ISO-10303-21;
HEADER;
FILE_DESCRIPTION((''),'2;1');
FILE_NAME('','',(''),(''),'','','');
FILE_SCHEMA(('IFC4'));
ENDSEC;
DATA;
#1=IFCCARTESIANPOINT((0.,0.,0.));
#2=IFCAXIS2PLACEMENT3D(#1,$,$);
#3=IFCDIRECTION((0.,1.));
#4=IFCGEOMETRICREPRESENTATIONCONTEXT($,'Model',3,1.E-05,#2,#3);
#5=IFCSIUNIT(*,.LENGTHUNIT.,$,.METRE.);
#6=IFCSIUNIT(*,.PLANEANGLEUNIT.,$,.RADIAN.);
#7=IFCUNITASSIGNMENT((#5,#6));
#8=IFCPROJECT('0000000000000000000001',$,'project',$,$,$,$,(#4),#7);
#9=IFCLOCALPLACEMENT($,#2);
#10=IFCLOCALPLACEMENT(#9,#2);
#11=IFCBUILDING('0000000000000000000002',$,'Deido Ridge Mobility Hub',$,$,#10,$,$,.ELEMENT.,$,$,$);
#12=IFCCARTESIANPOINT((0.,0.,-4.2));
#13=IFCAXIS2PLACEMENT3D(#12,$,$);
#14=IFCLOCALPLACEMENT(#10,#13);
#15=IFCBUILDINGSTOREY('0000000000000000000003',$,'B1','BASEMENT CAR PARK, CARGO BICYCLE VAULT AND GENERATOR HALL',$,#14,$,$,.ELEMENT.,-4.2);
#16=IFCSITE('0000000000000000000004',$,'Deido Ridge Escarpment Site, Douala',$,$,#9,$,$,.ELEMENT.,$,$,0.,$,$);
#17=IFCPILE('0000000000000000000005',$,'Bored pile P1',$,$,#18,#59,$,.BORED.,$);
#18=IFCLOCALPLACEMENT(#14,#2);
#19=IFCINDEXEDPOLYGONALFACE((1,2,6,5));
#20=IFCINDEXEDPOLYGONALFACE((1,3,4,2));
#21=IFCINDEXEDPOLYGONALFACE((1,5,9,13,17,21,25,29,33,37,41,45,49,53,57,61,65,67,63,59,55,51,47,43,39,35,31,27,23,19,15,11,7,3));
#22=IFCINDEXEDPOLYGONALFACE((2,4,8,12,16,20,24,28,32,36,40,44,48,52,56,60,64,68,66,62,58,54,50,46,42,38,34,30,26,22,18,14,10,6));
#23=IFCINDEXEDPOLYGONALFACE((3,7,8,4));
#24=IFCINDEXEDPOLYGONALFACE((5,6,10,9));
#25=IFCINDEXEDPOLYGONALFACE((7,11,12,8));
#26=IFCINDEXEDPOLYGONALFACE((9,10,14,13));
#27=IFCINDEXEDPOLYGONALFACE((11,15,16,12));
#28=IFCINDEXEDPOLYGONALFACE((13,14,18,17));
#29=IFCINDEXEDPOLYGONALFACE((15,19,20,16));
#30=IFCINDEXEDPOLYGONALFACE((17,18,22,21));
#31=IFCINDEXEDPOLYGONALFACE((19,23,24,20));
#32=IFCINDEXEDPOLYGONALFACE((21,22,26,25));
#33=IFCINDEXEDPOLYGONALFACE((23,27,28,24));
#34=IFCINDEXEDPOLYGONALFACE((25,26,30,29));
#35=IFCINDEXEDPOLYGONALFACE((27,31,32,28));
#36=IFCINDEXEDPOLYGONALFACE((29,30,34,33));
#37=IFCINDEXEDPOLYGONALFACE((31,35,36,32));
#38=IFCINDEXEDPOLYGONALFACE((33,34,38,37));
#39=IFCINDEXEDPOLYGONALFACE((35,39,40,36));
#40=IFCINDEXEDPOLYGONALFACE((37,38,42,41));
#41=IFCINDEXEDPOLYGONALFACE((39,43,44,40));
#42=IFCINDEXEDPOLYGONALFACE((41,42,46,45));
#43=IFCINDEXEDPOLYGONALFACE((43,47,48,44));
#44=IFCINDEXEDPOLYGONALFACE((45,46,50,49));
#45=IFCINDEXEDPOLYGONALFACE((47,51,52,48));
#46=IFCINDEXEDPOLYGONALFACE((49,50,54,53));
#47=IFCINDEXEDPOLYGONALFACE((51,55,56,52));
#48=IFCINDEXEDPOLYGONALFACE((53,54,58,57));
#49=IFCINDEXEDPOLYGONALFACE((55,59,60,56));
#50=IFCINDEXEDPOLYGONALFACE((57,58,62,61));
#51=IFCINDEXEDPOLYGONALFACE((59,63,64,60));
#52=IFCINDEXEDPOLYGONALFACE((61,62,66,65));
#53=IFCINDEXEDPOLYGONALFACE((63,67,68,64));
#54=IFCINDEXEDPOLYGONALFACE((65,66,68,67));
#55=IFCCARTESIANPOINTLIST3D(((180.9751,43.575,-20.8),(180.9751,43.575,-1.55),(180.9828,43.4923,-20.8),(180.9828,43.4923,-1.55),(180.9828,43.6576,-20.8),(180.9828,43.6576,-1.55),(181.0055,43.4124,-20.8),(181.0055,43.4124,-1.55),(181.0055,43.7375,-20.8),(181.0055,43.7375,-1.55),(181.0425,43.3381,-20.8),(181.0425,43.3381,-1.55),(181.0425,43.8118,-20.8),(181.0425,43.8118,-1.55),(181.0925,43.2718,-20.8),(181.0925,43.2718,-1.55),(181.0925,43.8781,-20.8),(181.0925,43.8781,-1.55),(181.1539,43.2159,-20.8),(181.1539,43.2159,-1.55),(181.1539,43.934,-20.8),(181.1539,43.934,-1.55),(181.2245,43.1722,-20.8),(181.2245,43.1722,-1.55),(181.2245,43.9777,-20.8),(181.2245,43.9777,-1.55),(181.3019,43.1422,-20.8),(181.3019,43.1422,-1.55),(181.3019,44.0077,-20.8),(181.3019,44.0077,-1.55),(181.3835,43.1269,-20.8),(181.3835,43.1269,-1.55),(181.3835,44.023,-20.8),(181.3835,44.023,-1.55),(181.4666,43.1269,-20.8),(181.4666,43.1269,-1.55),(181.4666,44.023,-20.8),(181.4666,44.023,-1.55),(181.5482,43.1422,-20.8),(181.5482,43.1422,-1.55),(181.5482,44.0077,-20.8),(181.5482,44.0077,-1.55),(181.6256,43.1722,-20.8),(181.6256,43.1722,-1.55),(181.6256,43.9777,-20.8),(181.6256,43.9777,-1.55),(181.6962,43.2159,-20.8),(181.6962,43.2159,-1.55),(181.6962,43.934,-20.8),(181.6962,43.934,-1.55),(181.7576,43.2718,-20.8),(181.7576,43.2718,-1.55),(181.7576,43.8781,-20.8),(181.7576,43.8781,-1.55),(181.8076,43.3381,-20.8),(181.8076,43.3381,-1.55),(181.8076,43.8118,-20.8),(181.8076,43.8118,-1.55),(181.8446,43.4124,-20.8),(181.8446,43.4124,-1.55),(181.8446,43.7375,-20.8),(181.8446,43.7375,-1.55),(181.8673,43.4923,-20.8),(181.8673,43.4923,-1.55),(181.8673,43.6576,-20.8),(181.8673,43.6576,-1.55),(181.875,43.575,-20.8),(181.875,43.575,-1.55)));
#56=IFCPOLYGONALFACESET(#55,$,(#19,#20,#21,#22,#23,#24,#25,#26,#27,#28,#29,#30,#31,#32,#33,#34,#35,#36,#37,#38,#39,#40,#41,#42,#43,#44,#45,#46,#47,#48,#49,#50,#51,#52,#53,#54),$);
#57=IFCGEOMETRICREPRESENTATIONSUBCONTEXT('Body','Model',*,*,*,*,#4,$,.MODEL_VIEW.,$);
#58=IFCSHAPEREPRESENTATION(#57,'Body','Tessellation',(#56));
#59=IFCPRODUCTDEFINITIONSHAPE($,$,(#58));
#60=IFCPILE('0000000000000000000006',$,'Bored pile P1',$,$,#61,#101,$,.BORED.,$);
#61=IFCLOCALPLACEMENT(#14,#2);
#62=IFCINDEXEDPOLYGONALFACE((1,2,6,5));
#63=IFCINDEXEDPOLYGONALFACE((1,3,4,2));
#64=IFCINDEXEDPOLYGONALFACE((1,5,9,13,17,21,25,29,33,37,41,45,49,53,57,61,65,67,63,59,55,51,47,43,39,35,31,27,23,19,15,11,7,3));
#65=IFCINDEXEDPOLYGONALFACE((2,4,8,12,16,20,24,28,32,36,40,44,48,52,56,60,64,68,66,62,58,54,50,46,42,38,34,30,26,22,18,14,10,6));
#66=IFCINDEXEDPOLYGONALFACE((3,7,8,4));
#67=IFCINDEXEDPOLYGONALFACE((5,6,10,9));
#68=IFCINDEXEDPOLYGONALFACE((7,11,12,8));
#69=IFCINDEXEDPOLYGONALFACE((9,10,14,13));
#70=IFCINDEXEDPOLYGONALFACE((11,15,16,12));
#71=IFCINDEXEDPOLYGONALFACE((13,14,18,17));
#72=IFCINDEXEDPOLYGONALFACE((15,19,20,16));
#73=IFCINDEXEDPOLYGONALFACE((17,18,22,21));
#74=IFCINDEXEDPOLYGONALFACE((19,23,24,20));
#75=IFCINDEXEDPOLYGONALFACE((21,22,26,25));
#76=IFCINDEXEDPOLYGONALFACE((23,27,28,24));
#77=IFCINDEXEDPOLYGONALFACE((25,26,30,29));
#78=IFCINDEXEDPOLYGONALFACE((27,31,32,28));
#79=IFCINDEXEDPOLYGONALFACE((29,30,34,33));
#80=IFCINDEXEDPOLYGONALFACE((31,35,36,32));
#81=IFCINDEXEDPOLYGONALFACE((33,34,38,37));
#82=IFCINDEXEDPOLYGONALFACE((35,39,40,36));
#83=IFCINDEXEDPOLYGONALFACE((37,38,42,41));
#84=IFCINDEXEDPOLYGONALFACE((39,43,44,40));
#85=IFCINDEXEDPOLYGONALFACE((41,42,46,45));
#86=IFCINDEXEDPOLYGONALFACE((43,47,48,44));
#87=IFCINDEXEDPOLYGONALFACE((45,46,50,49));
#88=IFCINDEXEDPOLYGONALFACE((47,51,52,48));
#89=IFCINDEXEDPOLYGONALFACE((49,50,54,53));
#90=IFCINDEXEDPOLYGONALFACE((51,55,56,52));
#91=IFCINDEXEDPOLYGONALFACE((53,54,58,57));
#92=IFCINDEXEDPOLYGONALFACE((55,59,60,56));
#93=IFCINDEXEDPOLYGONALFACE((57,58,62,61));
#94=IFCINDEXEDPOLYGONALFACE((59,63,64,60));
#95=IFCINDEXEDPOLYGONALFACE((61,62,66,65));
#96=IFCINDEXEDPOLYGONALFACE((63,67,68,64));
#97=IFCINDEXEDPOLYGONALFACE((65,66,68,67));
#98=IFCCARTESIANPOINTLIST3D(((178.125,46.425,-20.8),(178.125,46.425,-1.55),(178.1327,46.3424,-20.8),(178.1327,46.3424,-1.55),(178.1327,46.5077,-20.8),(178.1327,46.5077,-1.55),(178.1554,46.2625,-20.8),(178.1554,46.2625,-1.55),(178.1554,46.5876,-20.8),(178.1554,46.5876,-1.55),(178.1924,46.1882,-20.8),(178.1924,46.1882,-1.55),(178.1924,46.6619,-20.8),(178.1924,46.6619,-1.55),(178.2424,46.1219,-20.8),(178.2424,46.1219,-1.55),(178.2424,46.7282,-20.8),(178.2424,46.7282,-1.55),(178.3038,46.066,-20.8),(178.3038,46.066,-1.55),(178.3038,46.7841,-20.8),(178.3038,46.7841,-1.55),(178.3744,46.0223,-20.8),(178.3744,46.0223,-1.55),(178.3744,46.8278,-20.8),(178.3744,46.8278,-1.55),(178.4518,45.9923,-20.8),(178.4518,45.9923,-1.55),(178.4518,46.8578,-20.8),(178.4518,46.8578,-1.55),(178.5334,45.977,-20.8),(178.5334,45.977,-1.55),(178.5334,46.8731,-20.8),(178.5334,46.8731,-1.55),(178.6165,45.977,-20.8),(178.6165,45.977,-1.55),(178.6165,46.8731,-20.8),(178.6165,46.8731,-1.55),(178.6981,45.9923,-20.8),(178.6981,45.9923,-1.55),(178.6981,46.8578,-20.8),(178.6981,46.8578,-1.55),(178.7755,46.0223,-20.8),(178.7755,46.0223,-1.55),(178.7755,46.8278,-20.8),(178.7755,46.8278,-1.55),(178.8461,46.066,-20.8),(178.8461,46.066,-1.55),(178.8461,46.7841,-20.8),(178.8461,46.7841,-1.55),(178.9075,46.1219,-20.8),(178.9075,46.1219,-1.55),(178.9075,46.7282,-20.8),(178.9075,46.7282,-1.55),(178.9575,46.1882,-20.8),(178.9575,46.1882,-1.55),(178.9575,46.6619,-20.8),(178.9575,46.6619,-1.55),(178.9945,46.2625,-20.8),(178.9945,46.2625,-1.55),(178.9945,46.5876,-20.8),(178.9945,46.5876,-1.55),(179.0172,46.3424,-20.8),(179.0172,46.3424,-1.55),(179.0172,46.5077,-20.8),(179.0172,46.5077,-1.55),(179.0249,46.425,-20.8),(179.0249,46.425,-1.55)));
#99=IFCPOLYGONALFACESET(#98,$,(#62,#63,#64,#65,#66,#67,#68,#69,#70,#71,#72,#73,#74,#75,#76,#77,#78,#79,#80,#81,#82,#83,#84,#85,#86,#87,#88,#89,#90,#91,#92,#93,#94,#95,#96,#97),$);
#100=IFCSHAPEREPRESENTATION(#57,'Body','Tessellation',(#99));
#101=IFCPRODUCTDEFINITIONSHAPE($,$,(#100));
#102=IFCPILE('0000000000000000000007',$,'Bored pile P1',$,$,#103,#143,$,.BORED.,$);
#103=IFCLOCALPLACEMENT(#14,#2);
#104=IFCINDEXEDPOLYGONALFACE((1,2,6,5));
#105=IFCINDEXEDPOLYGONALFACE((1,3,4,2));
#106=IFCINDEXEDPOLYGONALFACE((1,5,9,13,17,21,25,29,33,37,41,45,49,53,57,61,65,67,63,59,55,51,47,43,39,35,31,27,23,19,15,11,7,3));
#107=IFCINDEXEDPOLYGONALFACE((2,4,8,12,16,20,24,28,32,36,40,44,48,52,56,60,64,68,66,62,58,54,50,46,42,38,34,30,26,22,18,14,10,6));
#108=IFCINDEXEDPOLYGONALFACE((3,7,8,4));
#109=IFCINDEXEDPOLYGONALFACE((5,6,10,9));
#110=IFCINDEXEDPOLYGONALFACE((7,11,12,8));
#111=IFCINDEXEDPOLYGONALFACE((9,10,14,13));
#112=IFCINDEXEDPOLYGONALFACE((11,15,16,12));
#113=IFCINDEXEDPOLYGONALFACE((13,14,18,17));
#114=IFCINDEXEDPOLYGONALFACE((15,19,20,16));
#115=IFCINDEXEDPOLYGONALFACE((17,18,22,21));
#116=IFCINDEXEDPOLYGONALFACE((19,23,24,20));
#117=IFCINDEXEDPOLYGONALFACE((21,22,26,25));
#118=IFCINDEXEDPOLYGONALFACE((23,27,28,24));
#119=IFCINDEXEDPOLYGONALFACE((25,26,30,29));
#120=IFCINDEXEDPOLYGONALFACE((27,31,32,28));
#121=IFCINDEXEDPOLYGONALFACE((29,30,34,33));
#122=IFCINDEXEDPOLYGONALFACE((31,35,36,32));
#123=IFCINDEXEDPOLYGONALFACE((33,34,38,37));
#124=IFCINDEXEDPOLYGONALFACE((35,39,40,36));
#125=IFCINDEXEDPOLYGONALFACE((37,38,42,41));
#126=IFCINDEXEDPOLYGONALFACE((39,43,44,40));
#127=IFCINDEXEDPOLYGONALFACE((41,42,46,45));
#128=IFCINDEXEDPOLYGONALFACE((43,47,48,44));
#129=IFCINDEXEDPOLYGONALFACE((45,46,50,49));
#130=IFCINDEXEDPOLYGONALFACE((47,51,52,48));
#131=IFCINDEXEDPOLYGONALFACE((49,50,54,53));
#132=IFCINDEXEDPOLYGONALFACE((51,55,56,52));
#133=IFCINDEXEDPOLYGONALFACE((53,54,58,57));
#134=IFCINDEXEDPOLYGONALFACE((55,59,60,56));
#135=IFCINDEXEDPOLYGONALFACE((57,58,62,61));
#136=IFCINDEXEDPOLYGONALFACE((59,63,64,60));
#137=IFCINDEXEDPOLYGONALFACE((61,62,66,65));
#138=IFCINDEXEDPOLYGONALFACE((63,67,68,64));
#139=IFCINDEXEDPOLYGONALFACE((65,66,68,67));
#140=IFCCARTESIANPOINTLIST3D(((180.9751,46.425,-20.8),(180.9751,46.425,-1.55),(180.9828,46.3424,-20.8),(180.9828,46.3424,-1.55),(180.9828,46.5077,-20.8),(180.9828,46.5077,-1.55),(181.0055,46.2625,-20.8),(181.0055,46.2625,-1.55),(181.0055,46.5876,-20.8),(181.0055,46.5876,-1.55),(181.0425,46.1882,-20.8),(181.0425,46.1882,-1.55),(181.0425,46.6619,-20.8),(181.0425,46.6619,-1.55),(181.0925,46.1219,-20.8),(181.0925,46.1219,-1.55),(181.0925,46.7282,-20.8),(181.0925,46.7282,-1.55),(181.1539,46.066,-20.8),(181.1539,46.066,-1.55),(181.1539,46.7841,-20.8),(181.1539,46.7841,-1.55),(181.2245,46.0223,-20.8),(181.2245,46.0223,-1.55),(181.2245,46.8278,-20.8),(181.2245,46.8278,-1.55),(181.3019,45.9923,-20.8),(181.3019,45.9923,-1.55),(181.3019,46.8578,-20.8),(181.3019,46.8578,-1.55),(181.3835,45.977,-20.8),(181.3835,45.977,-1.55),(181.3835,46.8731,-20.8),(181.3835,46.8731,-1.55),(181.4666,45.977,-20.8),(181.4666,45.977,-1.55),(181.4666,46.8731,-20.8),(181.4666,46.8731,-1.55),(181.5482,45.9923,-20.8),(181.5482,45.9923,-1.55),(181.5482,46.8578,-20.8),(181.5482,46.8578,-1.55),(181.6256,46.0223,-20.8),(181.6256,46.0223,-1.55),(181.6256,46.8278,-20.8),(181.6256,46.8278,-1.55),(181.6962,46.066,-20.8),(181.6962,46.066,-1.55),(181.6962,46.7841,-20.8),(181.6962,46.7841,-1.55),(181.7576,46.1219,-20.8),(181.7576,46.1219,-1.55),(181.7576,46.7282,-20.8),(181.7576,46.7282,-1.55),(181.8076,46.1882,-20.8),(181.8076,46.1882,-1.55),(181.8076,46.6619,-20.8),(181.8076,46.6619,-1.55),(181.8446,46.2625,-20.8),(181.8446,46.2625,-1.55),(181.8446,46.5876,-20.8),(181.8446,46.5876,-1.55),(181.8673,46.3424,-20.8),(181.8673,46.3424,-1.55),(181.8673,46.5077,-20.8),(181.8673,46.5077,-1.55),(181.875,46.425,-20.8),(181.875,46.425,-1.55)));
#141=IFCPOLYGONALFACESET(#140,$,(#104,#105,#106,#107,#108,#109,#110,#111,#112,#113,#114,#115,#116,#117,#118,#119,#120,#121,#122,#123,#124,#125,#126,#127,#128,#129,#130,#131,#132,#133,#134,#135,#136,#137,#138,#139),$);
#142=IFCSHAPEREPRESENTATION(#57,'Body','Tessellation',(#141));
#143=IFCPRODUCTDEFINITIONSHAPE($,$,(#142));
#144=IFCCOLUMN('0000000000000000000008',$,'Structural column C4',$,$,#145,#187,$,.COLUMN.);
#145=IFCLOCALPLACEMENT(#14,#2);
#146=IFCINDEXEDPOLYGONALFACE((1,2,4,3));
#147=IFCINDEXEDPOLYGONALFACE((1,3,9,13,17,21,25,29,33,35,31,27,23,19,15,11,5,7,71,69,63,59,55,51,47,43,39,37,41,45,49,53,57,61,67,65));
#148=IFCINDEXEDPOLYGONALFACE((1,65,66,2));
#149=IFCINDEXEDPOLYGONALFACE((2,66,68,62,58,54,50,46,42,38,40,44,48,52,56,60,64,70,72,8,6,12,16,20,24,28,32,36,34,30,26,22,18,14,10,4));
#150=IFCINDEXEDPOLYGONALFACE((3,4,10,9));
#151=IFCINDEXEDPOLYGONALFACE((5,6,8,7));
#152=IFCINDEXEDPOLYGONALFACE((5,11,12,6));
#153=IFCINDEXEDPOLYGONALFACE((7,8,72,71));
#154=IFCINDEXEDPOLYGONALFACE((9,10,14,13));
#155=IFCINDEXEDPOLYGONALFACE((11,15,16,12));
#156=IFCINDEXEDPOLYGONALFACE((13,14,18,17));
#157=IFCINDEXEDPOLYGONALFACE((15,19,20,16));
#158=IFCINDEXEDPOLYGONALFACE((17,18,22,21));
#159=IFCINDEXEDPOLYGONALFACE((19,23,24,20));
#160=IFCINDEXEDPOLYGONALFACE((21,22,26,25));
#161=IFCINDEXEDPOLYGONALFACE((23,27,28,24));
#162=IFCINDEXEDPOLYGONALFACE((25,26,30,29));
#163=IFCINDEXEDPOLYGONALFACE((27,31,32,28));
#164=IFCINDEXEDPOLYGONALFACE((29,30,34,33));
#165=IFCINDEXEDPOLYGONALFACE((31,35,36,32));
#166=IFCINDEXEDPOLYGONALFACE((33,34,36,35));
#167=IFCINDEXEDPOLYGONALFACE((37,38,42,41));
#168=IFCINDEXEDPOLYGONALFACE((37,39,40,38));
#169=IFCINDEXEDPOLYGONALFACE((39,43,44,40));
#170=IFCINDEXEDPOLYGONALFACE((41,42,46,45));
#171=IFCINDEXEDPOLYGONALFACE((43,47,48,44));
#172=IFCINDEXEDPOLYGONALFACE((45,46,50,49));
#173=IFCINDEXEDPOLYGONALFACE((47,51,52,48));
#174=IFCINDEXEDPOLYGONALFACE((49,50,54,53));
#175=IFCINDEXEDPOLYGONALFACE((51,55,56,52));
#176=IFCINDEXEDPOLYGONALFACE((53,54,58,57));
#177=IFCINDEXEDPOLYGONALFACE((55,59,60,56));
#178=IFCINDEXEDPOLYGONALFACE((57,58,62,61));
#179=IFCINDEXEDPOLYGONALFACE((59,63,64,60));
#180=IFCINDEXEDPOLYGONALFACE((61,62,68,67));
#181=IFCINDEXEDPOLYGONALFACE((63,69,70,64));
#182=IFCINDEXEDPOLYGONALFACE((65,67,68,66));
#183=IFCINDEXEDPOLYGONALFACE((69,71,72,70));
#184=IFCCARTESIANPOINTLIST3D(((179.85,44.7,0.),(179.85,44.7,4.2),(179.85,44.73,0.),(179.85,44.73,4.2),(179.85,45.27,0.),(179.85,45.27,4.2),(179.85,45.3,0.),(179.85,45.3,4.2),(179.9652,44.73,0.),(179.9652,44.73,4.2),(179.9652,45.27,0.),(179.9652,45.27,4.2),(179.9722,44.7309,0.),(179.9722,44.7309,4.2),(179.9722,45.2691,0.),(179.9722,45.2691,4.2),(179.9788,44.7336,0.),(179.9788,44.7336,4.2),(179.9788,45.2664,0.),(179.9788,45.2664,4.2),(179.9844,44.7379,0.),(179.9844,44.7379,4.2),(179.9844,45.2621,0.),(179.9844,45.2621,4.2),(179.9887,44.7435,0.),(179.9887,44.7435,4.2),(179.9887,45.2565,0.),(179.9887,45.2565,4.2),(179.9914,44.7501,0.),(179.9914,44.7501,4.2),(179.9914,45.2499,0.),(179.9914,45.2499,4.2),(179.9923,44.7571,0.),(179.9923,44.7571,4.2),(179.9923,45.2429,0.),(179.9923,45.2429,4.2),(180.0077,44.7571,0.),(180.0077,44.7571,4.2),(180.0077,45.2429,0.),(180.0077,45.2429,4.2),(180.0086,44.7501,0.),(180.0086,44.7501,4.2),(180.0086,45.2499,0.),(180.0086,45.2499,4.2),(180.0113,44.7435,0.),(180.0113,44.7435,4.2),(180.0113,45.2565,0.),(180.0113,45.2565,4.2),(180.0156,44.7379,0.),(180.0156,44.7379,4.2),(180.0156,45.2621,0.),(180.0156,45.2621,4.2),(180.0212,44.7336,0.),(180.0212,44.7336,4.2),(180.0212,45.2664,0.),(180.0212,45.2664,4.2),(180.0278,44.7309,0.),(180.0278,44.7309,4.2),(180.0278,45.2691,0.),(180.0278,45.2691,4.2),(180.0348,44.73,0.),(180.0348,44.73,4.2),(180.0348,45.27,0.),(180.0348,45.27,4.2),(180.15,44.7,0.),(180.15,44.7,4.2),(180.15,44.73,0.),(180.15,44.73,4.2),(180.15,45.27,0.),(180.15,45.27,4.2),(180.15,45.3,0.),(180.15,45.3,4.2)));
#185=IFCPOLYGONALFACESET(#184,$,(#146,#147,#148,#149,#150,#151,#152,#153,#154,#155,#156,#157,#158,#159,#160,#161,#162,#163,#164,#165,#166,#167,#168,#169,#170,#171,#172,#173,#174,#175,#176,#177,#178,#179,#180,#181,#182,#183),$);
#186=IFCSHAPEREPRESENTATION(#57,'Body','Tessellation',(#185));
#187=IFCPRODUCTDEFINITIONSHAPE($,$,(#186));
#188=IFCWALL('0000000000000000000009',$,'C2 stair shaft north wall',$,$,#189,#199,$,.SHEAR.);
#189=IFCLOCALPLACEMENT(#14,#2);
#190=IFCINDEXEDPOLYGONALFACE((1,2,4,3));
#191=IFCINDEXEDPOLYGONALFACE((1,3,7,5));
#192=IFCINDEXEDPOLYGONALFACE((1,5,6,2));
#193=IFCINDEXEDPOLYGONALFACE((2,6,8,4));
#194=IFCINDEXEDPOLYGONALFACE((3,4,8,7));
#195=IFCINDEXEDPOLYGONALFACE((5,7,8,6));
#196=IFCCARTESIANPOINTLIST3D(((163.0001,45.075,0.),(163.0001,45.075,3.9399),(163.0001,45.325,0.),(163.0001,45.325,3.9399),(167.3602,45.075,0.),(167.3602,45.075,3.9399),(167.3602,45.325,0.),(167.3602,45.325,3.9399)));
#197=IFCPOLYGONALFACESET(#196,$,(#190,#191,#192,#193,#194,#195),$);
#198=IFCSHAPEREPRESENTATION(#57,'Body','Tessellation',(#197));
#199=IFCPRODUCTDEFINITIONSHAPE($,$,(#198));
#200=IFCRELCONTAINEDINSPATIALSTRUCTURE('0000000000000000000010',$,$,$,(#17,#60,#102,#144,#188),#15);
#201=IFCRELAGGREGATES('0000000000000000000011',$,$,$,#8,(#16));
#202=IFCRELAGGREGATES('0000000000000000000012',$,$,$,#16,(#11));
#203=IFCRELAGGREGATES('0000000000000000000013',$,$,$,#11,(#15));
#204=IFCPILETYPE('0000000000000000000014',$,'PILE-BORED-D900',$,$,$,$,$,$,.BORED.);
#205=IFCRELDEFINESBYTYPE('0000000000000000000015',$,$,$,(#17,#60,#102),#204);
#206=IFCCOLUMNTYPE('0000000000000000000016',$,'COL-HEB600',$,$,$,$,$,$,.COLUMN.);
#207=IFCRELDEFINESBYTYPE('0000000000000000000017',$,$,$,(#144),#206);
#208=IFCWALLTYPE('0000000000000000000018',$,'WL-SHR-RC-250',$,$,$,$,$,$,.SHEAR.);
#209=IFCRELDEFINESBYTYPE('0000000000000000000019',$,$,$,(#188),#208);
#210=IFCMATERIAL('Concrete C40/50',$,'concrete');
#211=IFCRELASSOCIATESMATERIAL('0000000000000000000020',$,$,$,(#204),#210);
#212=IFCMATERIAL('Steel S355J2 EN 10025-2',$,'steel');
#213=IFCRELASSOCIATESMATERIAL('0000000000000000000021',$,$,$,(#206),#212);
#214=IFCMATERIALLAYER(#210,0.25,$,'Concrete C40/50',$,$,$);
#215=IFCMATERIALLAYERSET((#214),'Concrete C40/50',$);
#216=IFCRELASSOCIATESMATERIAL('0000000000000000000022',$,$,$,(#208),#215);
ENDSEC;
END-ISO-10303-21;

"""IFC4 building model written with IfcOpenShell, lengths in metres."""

from ifc_helpers import new_model, si_unit, direction, frame, frame_2d, origin, origin_2d, place, context, subcontext, project, spatial, rectangle, circle, i_section, extrude, material, layer, layer_set, material_profile, profile_set, type_object, element, save


model = new_model("IFC4")

# Units and contexts
model_context = context("Model", 3, precision=1e-05, world=origin(), true_north=direction((0.0, 1.0)))
body_context = subcontext(model_context, "Body", "Model", "MODEL_VIEW")
ifc_project = project(units=[si_unit("LENGTHUNIT", "METRE"), si_unit("PLANEANGLEUNIT", "RADIAN")], contexts=[model_context])

# Site, building, storey
site_placement = place(None, origin())
site = spatial("IfcSite", under=ifc_project, at=site_placement, Name="Deido Ridge Escarpment Site, Douala", CompositionType="ELEMENT", RefElevation=0.0)
building_placement = place(site_placement, origin())
building = spatial("IfcBuilding", under=site, at=building_placement, Name="Deido Ridge Mobility Hub", CompositionType="ELEMENT")
storey_placement = place(building_placement, frame((0.0, 0.0, -4.2)))
storey = spatial("IfcBuildingStorey", under=building, at=storey_placement, Name="B1", Description="BASEMENT CAR PARK, CARGO BICYCLE VAULT AND GENERATOR HALL", CompositionType="ELEMENT", Elevation=-4.2)

# Shared definitions
ifc_material_1 = material(Name="Concrete C40/50", Category="concrete")

# Piles
ifc_material_profile_1 = material_profile(ifc_material_1, circle(Radius=0.45, at=origin_2d()), Name="BORED PILE D900")
ifc_profile_set_1 = profile_set([ifc_material_profile_1], Name="Concrete C40/50")
pile_type_1 = type_object("IfcPileType", Name="PILE-BORED-D900", PredefinedType="BORED", material=ifc_profile_set_1)
for number, where, z_axis, x_axis, name in (
    (1, (181.425, 43.575, -1.55), (0.0, 0.0, -1.0), (1.0, 0.0, 0.0), "Bored pile P1"),
    (2, (178.575, 46.425, -1.55), (0.0, 0.0, -1.0), (1.0, 0.0, 0.0), "Bored pile P1"),
    (3, (181.425, 46.425, -1.55), (0.0, 0.0, -1.0), (1.0, 0.0, 0.0), "Bored pile P1"),
):
    element("IfcPile", number, at=place(storey_placement, frame(where, z_axis=z_axis, x_axis=x_axis)), inside=storey, type_object=pile_type_1, Name=name, PredefinedType="BORED", context=body_context, shape_type="SweptSolid", body=[
        extrude(circle(Radius=0.45, at=origin_2d()), origin(), (0.0, 0.0, 1.0), 19.25),
    ])

# Column
ifc_material_2 = material(Name="Steel S355J2 EN 10025-2", Category="steel")
ifc_material_profile_2 = material_profile(ifc_material_2, i_section(OverallWidth=0.3, OverallDepth=0.6001, WebThickness=0.0154, FlangeThickness=0.03, FilletRadius=0.0271, at=origin_2d()), Name="HEB 600")
ifc_profile_set_2 = profile_set([ifc_material_profile_2], Name="Steel S355J2 EN 10025-2")
column_type = type_object("IfcColumnType", Name="COL-HEB600", PredefinedType="COLUMN", material=ifc_profile_set_2)
column_placement = place(storey_placement, frame((180.0, 45.0, 0.0), z_axis=(0.0, 0.0, 1.0), x_axis=(1.0, 0.0, 0.0)))
element("IfcColumn", 4, at=column_placement, inside=storey, type_object=column_type, Name="Structural column C4", PredefinedType="COLUMN", context=body_context, shape_type="SweptSolid", body=[
    extrude(i_section(OverallWidth=0.3, OverallDepth=0.6001, WebThickness=0.0154, FlangeThickness=0.03, FilletRadius=0.0271, at=origin_2d()), origin(), (0.0, 0.0, 1.0), 4.2),
])

# Wall
ifc_layer_1 = layer(ifc_material_1, 0.25, Name="Concrete C40/50")
ifc_layer_set_1 = layer_set([ifc_layer_1], Name="Concrete C40/50")
wall_type_1 = type_object("IfcWallType", Name="WL-SHR-RC-250", PredefinedType="SHEAR", material=ifc_layer_set_1)
wall_1_placement = place(storey_placement, frame((163.0, 45.2, 0.0), z_axis=(0.0, 0.0, 1.0), x_axis=(1.0, 0.0, 0.0)))
element("IfcWall", 5, at=wall_1_placement, inside=storey, type_object=wall_type_1, Name="C2 stair shaft north wall", PredefinedType="SHEAR", context=body_context, shape_type="SweptSolid", body=[
    extrude(rectangle(XDim=4.3601, YDim=0.25, at=frame_2d((2.1802, 0.0))), origin(), (0.0, 0.0, 1.0), 3.9399),
])

save(model, "model.ifc")
